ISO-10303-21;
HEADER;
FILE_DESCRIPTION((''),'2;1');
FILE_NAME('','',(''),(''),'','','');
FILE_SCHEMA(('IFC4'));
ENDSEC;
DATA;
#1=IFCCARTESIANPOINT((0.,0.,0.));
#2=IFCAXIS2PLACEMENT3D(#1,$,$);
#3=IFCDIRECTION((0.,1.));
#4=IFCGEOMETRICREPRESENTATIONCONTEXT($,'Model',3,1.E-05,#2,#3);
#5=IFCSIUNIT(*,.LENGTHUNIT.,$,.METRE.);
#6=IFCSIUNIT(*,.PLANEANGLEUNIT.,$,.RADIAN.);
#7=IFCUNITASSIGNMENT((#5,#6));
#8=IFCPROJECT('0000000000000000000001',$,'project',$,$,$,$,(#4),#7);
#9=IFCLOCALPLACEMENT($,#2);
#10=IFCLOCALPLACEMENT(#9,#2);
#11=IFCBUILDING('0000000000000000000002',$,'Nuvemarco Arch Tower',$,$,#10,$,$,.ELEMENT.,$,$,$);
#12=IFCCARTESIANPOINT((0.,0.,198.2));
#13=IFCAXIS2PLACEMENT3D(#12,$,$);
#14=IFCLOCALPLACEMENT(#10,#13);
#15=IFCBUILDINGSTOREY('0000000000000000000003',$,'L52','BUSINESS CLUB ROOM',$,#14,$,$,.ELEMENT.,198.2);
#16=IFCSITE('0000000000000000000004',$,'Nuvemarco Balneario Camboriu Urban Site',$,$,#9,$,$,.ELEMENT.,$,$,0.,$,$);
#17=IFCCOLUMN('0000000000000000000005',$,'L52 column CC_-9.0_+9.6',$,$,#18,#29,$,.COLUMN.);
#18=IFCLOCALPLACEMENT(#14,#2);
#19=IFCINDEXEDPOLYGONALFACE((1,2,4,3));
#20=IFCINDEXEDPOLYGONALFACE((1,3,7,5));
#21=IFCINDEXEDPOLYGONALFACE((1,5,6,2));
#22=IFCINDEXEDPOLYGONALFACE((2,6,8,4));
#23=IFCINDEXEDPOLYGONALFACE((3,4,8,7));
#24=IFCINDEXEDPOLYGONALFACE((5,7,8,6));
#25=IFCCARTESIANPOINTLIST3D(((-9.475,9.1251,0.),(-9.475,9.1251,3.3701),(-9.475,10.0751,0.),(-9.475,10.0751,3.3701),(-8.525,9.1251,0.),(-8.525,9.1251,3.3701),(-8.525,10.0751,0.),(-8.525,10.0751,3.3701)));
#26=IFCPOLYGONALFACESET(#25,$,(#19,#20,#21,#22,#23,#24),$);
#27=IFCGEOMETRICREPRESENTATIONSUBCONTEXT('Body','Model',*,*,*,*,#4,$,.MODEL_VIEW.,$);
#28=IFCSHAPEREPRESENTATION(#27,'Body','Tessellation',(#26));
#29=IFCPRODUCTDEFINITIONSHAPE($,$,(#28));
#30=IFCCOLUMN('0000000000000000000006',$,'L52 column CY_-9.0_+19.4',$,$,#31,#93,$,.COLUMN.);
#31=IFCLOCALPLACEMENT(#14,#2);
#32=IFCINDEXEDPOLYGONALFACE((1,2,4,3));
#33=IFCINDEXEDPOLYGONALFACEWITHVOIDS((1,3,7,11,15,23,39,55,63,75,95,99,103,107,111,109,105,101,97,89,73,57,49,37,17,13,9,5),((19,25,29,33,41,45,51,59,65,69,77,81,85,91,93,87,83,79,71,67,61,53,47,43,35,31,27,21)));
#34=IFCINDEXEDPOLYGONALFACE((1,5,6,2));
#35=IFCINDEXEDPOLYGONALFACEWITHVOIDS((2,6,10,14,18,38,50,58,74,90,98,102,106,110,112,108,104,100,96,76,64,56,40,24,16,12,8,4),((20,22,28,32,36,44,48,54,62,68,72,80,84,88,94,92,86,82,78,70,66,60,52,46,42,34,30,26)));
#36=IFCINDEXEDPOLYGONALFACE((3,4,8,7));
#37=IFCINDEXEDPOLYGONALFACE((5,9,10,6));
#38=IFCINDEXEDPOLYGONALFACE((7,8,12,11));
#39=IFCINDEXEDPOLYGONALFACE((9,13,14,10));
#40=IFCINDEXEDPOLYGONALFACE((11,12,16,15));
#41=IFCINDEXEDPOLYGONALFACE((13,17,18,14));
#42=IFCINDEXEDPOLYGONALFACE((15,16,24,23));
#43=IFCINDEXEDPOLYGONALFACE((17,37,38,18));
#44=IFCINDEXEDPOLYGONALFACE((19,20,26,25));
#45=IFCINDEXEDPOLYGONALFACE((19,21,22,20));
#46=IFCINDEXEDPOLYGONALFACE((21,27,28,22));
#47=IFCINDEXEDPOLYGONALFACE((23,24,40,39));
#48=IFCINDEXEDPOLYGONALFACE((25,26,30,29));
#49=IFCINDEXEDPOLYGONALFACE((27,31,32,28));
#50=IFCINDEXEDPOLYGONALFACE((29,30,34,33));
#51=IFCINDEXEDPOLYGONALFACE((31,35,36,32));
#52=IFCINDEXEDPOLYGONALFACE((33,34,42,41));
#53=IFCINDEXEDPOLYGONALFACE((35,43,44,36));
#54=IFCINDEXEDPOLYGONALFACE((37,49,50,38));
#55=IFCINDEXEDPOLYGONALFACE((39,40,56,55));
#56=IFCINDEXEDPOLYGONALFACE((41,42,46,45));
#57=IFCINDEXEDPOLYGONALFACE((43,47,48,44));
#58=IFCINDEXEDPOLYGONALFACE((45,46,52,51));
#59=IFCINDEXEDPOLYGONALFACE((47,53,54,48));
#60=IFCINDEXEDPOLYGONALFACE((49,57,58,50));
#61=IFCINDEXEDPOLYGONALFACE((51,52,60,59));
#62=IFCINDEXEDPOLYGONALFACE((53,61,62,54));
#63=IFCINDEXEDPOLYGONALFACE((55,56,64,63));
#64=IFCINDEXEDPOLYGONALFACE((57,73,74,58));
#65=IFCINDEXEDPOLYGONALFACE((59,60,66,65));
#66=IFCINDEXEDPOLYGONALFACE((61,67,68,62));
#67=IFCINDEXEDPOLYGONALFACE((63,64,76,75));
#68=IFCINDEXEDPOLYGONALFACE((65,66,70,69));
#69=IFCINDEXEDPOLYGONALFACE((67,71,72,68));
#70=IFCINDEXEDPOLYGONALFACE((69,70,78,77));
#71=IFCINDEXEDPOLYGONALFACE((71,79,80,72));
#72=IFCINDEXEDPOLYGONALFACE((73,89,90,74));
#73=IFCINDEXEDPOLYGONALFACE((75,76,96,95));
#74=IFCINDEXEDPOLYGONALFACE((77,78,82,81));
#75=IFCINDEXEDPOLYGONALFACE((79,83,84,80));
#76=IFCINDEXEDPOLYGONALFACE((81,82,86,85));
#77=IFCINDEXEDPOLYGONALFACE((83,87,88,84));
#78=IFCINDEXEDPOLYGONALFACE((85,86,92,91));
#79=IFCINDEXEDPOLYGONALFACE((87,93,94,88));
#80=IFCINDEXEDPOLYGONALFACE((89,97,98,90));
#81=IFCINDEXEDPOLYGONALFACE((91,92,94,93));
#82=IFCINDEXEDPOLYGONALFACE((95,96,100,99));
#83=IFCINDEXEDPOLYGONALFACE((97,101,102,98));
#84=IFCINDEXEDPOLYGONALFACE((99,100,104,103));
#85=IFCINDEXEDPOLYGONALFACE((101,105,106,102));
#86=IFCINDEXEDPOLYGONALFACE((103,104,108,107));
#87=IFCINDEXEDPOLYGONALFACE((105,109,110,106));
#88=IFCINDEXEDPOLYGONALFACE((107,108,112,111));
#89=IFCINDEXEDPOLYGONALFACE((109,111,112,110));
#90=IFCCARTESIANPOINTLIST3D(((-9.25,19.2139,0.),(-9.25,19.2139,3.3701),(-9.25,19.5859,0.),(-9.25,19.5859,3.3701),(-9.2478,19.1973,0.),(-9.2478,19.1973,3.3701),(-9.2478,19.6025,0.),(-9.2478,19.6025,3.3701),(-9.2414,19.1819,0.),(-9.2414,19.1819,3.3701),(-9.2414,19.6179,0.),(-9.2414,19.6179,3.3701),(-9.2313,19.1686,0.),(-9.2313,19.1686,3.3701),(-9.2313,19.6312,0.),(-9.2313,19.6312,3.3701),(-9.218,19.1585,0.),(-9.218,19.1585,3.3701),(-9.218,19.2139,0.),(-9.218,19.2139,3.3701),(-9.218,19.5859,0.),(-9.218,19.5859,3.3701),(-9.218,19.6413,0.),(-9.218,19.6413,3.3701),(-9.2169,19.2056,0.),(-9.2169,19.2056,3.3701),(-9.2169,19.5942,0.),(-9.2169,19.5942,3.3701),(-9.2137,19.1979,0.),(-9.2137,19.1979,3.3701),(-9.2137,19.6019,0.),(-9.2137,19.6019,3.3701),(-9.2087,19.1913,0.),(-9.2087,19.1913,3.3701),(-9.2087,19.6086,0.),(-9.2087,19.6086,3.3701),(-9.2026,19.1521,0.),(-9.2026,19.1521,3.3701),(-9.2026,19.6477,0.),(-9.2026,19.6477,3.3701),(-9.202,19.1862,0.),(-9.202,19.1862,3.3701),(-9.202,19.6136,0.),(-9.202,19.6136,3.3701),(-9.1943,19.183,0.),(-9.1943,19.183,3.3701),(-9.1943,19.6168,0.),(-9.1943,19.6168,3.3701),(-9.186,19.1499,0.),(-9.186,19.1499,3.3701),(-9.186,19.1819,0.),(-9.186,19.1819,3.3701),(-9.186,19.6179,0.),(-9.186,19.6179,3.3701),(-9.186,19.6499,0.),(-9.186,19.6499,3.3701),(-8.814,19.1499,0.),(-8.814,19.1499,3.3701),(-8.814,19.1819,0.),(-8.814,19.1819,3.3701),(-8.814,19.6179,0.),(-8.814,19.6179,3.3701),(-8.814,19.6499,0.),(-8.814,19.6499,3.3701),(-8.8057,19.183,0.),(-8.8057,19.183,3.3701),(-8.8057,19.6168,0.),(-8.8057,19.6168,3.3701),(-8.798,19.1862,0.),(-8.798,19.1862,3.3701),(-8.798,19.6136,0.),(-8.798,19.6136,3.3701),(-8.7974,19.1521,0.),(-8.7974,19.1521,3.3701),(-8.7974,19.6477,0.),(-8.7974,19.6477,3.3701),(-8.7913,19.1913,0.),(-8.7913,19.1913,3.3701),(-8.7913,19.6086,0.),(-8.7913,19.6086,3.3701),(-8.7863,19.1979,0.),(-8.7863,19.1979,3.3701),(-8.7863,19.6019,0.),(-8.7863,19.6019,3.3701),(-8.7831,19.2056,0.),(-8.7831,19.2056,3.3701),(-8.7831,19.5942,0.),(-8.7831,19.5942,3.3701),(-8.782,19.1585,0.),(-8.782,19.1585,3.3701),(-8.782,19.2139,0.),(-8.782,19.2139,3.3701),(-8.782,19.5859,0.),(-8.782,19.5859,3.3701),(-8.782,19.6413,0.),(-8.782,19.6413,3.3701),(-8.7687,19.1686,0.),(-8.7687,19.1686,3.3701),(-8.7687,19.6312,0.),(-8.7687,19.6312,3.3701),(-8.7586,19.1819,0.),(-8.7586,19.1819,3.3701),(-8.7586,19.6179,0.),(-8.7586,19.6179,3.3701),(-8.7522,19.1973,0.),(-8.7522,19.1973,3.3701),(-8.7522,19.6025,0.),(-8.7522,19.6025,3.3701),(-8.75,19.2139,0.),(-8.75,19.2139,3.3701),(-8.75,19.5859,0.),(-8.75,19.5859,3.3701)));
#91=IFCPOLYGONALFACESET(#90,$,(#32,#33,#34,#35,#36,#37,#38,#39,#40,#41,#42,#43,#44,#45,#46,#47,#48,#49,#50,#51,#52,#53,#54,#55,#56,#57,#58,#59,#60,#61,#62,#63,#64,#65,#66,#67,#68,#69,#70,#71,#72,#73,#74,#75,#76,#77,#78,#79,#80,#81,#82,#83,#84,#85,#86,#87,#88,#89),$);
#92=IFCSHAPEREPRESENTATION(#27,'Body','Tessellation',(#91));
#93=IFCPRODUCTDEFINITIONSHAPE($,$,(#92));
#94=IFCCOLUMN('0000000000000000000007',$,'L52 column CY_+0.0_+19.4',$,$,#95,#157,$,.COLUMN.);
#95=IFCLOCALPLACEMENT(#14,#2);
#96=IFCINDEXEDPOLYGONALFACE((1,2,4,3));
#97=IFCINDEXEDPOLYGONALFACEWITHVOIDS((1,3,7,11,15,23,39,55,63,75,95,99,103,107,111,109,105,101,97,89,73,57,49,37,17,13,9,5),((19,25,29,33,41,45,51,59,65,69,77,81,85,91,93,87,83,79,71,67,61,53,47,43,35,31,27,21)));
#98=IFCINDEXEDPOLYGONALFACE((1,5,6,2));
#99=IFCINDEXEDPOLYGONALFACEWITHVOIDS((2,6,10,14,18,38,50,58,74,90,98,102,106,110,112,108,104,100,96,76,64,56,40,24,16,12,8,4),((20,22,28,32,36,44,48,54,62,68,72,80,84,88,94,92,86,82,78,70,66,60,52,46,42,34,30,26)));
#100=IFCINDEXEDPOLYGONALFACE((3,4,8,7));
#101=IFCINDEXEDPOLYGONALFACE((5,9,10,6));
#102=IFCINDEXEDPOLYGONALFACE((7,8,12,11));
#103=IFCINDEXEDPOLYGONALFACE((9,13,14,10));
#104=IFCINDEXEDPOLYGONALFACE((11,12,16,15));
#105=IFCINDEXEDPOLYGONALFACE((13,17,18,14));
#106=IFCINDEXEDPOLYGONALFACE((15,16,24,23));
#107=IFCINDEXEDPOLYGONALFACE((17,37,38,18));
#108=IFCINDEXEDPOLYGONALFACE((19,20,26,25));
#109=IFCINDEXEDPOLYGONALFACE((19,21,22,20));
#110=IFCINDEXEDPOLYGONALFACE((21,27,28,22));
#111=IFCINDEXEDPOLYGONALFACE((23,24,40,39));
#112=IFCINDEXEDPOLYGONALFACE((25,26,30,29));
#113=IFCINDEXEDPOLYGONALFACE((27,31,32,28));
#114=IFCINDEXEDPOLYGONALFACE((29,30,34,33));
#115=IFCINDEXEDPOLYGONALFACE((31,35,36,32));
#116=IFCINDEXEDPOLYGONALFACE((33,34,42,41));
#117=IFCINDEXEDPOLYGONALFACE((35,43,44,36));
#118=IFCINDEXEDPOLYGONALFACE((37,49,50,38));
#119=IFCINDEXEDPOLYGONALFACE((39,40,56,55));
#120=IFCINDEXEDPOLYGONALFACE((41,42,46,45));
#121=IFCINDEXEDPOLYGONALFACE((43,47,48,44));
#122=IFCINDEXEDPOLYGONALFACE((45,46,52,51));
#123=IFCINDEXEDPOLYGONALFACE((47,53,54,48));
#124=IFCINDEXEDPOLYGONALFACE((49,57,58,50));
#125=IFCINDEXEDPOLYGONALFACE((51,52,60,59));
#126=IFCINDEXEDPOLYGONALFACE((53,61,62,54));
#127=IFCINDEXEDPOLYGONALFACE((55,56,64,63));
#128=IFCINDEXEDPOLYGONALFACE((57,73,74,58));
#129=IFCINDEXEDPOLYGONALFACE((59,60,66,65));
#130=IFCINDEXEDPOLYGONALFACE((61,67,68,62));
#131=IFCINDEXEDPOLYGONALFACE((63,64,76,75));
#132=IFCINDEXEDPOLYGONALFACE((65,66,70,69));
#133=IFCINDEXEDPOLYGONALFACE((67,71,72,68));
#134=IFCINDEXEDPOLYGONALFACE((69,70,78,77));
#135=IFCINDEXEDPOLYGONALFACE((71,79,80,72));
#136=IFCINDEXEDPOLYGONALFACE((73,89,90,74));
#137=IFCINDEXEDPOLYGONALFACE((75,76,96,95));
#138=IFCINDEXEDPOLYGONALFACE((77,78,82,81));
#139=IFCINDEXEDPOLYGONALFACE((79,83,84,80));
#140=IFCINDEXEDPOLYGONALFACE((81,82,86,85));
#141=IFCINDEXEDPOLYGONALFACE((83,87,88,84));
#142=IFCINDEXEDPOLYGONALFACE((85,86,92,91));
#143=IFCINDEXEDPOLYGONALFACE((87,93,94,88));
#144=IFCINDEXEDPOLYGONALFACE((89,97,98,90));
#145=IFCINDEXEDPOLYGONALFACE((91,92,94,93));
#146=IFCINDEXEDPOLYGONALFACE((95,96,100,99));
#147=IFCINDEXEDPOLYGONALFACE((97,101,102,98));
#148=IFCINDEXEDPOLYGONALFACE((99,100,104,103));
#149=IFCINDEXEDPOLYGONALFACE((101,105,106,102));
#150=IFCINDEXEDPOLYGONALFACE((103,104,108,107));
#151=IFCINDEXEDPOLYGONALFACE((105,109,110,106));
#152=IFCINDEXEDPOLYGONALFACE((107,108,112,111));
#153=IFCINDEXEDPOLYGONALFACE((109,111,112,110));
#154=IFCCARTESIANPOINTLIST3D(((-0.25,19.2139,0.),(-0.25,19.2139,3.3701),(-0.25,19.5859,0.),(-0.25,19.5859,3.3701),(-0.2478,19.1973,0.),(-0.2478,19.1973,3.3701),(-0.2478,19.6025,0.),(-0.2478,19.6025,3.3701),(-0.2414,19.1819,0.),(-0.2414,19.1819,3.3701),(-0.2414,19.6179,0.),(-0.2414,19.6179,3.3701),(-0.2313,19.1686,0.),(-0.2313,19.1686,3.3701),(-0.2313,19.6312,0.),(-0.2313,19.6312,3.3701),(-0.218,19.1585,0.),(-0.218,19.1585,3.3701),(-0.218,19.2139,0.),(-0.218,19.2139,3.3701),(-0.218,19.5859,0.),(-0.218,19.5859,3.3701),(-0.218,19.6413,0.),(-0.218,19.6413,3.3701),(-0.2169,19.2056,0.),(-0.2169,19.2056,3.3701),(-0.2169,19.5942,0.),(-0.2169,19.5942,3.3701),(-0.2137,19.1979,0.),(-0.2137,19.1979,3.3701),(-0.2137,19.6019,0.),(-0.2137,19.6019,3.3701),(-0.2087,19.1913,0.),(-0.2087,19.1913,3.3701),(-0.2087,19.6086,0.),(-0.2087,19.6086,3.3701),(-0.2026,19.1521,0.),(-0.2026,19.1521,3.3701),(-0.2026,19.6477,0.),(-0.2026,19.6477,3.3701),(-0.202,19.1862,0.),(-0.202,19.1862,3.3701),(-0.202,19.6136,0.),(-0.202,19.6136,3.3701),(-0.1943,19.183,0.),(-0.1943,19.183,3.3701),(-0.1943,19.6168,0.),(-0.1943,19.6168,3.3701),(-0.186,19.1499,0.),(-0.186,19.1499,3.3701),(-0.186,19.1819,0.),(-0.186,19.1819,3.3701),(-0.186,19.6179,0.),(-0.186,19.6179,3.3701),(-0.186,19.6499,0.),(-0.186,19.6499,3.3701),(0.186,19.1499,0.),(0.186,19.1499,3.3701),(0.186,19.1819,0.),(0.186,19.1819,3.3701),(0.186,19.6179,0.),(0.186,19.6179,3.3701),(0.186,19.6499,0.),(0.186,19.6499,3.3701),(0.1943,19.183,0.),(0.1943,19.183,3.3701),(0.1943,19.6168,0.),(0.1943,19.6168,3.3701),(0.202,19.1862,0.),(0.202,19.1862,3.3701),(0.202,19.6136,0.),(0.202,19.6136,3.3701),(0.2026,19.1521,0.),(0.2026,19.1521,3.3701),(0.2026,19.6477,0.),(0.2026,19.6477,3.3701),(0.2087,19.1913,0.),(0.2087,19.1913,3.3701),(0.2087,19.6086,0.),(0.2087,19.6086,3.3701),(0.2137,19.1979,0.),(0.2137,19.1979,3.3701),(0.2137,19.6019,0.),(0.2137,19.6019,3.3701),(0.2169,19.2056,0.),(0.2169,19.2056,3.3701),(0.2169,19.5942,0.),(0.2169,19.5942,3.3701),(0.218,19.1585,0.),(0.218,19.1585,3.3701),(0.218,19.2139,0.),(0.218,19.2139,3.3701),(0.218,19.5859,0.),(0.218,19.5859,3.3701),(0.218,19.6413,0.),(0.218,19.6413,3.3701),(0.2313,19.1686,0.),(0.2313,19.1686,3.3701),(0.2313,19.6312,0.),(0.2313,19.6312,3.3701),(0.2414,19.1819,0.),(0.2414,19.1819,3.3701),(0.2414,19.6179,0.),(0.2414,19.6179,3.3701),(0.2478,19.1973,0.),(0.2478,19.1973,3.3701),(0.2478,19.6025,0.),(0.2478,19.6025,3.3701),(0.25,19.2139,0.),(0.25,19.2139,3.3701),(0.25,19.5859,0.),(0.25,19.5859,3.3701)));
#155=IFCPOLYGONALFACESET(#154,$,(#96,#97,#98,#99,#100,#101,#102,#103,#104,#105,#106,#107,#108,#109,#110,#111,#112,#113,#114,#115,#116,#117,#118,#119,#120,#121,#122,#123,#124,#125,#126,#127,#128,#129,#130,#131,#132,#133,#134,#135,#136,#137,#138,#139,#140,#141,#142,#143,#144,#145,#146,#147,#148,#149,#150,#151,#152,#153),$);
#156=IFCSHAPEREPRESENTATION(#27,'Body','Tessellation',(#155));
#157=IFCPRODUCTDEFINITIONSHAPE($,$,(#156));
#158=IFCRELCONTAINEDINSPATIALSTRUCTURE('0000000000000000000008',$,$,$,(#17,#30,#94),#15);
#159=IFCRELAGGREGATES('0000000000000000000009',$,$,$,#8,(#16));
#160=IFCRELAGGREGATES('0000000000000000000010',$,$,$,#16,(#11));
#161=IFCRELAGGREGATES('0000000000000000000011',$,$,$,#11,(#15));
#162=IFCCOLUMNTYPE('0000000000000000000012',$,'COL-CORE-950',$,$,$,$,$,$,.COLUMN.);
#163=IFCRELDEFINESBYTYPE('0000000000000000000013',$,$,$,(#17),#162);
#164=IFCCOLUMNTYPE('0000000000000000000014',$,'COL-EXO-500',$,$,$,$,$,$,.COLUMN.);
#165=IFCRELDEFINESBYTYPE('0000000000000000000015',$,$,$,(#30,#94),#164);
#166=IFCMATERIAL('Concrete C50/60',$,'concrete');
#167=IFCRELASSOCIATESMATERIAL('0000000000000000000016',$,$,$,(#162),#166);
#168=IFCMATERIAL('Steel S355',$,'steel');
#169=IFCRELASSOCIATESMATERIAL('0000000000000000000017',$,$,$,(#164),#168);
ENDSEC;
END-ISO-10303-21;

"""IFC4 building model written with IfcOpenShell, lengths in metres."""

from ifc_helpers import new_model, si_unit, direction, frame, origin, origin_2d, place, context, subcontext, project, spatial, rectangle, hollow_rectangle, extrude, material, material_profile, profile_set, type_object, element, save


model = new_model("IFC4")

# Units and contexts
model_context = context("Model", 3, precision=1e-05, world=origin(), true_north=direction((0.0, 1.0)))
body_context = subcontext(model_context, "Body", "Model", "MODEL_VIEW")
ifc_project = project(units=[si_unit("LENGTHUNIT", "METRE"), si_unit("PLANEANGLEUNIT", "RADIAN")], contexts=[model_context])

# Site, building, storey
site_placement = place(None, origin())
site = spatial("IfcSite", under=ifc_project, at=site_placement, Name="Nuvemarco Balneario Camboriu Urban Site", CompositionType="ELEMENT", RefElevation=0.0)
building_placement = place(site_placement, origin())
building = spatial("IfcBuilding", under=site, at=building_placement, Name="Nuvemarco Arch Tower", CompositionType="ELEMENT")
storey_placement = place(building_placement, frame((0.0, 0.0, 198.2)))
storey = spatial("IfcBuildingStorey", under=building, at=storey_placement, Name="L52", Description="BUSINESS CLUB ROOM", CompositionType="ELEMENT", Elevation=198.2)

# Columns
ifc_material_1 = material(Name="Concrete C50/60", Category="concrete")
ifc_material_profile_1 = material_profile(ifc_material_1, rectangle(XDim=0.95, YDim=0.95, at=origin_2d()), Name="RC-COL-950x950")
ifc_profile_set_1 = profile_set([ifc_material_profile_1], Name="Concrete C50/60")
column_type_1 = type_object("IfcColumnType", Name="COL-CORE-950", PredefinedType="COLUMN", material=ifc_profile_set_1)
column_1_placement = place(storey_placement, frame((-9.0, 9.6001, 0.0), z_axis=(0.0, 0.0, 1.0), x_axis=(1.0, 0.0, 0.0)))
element("IfcColumn", 1, at=column_1_placement, inside=storey, type_object=column_type_1, Name="L52 column CC_-9.0_+9.6", PredefinedType="COLUMN", context=body_context, shape_type="SweptSolid", body=[
    extrude(rectangle(XDim=0.95, YDim=0.95, at=origin_2d()), origin(), (0.0, 0.0, 1.0), 3.3701),
])
ifc_material_2 = material(Name="Steel S355", Category="steel")
ifc_material_profile_2 = material_profile(ifc_material_2, hollow_rectangle(XDim=0.5, YDim=0.5, WallThickness=0.032, InnerFilletRadius=0.032, OuterFilletRadius=0.064, at=origin_2d()), Name="SHS500x500x32")
ifc_profile_set_2 = profile_set([ifc_material_profile_2], Name="Steel S355")
column_type_2 = type_object("IfcColumnType", Name="COL-EXO-500", PredefinedType="COLUMN", material=ifc_profile_set_2)
for number, where, z_axis, x_axis, name in (
    (2, (-9.0, 19.3999, 0.0), (0.0, 0.0, 1.0), (1.0, 0.0, 0.0), "L52 column CY_-9.0_+19.4"),
    (3, (0.0, 19.3999, 0.0), (0.0, 0.0, 1.0), (1.0, 0.0, 0.0), "L52 column CY_+0.0_+19.4"),
):
    element("IfcColumn", number, at=place(storey_placement, frame(where, z_axis=z_axis, x_axis=x_axis)), inside=storey, type_object=column_type_2, Name=name, PredefinedType="COLUMN", context=body_context, shape_type="SweptSolid", body=[
        extrude(hollow_rectangle(XDim=0.5, YDim=0.5, WallThickness=0.032, InnerFilletRadius=0.032, OuterFilletRadius=0.064, at=origin_2d()), origin(), (0.0, 0.0, 1.0), 3.3701),
    ])

save(model, "model.ifc")
